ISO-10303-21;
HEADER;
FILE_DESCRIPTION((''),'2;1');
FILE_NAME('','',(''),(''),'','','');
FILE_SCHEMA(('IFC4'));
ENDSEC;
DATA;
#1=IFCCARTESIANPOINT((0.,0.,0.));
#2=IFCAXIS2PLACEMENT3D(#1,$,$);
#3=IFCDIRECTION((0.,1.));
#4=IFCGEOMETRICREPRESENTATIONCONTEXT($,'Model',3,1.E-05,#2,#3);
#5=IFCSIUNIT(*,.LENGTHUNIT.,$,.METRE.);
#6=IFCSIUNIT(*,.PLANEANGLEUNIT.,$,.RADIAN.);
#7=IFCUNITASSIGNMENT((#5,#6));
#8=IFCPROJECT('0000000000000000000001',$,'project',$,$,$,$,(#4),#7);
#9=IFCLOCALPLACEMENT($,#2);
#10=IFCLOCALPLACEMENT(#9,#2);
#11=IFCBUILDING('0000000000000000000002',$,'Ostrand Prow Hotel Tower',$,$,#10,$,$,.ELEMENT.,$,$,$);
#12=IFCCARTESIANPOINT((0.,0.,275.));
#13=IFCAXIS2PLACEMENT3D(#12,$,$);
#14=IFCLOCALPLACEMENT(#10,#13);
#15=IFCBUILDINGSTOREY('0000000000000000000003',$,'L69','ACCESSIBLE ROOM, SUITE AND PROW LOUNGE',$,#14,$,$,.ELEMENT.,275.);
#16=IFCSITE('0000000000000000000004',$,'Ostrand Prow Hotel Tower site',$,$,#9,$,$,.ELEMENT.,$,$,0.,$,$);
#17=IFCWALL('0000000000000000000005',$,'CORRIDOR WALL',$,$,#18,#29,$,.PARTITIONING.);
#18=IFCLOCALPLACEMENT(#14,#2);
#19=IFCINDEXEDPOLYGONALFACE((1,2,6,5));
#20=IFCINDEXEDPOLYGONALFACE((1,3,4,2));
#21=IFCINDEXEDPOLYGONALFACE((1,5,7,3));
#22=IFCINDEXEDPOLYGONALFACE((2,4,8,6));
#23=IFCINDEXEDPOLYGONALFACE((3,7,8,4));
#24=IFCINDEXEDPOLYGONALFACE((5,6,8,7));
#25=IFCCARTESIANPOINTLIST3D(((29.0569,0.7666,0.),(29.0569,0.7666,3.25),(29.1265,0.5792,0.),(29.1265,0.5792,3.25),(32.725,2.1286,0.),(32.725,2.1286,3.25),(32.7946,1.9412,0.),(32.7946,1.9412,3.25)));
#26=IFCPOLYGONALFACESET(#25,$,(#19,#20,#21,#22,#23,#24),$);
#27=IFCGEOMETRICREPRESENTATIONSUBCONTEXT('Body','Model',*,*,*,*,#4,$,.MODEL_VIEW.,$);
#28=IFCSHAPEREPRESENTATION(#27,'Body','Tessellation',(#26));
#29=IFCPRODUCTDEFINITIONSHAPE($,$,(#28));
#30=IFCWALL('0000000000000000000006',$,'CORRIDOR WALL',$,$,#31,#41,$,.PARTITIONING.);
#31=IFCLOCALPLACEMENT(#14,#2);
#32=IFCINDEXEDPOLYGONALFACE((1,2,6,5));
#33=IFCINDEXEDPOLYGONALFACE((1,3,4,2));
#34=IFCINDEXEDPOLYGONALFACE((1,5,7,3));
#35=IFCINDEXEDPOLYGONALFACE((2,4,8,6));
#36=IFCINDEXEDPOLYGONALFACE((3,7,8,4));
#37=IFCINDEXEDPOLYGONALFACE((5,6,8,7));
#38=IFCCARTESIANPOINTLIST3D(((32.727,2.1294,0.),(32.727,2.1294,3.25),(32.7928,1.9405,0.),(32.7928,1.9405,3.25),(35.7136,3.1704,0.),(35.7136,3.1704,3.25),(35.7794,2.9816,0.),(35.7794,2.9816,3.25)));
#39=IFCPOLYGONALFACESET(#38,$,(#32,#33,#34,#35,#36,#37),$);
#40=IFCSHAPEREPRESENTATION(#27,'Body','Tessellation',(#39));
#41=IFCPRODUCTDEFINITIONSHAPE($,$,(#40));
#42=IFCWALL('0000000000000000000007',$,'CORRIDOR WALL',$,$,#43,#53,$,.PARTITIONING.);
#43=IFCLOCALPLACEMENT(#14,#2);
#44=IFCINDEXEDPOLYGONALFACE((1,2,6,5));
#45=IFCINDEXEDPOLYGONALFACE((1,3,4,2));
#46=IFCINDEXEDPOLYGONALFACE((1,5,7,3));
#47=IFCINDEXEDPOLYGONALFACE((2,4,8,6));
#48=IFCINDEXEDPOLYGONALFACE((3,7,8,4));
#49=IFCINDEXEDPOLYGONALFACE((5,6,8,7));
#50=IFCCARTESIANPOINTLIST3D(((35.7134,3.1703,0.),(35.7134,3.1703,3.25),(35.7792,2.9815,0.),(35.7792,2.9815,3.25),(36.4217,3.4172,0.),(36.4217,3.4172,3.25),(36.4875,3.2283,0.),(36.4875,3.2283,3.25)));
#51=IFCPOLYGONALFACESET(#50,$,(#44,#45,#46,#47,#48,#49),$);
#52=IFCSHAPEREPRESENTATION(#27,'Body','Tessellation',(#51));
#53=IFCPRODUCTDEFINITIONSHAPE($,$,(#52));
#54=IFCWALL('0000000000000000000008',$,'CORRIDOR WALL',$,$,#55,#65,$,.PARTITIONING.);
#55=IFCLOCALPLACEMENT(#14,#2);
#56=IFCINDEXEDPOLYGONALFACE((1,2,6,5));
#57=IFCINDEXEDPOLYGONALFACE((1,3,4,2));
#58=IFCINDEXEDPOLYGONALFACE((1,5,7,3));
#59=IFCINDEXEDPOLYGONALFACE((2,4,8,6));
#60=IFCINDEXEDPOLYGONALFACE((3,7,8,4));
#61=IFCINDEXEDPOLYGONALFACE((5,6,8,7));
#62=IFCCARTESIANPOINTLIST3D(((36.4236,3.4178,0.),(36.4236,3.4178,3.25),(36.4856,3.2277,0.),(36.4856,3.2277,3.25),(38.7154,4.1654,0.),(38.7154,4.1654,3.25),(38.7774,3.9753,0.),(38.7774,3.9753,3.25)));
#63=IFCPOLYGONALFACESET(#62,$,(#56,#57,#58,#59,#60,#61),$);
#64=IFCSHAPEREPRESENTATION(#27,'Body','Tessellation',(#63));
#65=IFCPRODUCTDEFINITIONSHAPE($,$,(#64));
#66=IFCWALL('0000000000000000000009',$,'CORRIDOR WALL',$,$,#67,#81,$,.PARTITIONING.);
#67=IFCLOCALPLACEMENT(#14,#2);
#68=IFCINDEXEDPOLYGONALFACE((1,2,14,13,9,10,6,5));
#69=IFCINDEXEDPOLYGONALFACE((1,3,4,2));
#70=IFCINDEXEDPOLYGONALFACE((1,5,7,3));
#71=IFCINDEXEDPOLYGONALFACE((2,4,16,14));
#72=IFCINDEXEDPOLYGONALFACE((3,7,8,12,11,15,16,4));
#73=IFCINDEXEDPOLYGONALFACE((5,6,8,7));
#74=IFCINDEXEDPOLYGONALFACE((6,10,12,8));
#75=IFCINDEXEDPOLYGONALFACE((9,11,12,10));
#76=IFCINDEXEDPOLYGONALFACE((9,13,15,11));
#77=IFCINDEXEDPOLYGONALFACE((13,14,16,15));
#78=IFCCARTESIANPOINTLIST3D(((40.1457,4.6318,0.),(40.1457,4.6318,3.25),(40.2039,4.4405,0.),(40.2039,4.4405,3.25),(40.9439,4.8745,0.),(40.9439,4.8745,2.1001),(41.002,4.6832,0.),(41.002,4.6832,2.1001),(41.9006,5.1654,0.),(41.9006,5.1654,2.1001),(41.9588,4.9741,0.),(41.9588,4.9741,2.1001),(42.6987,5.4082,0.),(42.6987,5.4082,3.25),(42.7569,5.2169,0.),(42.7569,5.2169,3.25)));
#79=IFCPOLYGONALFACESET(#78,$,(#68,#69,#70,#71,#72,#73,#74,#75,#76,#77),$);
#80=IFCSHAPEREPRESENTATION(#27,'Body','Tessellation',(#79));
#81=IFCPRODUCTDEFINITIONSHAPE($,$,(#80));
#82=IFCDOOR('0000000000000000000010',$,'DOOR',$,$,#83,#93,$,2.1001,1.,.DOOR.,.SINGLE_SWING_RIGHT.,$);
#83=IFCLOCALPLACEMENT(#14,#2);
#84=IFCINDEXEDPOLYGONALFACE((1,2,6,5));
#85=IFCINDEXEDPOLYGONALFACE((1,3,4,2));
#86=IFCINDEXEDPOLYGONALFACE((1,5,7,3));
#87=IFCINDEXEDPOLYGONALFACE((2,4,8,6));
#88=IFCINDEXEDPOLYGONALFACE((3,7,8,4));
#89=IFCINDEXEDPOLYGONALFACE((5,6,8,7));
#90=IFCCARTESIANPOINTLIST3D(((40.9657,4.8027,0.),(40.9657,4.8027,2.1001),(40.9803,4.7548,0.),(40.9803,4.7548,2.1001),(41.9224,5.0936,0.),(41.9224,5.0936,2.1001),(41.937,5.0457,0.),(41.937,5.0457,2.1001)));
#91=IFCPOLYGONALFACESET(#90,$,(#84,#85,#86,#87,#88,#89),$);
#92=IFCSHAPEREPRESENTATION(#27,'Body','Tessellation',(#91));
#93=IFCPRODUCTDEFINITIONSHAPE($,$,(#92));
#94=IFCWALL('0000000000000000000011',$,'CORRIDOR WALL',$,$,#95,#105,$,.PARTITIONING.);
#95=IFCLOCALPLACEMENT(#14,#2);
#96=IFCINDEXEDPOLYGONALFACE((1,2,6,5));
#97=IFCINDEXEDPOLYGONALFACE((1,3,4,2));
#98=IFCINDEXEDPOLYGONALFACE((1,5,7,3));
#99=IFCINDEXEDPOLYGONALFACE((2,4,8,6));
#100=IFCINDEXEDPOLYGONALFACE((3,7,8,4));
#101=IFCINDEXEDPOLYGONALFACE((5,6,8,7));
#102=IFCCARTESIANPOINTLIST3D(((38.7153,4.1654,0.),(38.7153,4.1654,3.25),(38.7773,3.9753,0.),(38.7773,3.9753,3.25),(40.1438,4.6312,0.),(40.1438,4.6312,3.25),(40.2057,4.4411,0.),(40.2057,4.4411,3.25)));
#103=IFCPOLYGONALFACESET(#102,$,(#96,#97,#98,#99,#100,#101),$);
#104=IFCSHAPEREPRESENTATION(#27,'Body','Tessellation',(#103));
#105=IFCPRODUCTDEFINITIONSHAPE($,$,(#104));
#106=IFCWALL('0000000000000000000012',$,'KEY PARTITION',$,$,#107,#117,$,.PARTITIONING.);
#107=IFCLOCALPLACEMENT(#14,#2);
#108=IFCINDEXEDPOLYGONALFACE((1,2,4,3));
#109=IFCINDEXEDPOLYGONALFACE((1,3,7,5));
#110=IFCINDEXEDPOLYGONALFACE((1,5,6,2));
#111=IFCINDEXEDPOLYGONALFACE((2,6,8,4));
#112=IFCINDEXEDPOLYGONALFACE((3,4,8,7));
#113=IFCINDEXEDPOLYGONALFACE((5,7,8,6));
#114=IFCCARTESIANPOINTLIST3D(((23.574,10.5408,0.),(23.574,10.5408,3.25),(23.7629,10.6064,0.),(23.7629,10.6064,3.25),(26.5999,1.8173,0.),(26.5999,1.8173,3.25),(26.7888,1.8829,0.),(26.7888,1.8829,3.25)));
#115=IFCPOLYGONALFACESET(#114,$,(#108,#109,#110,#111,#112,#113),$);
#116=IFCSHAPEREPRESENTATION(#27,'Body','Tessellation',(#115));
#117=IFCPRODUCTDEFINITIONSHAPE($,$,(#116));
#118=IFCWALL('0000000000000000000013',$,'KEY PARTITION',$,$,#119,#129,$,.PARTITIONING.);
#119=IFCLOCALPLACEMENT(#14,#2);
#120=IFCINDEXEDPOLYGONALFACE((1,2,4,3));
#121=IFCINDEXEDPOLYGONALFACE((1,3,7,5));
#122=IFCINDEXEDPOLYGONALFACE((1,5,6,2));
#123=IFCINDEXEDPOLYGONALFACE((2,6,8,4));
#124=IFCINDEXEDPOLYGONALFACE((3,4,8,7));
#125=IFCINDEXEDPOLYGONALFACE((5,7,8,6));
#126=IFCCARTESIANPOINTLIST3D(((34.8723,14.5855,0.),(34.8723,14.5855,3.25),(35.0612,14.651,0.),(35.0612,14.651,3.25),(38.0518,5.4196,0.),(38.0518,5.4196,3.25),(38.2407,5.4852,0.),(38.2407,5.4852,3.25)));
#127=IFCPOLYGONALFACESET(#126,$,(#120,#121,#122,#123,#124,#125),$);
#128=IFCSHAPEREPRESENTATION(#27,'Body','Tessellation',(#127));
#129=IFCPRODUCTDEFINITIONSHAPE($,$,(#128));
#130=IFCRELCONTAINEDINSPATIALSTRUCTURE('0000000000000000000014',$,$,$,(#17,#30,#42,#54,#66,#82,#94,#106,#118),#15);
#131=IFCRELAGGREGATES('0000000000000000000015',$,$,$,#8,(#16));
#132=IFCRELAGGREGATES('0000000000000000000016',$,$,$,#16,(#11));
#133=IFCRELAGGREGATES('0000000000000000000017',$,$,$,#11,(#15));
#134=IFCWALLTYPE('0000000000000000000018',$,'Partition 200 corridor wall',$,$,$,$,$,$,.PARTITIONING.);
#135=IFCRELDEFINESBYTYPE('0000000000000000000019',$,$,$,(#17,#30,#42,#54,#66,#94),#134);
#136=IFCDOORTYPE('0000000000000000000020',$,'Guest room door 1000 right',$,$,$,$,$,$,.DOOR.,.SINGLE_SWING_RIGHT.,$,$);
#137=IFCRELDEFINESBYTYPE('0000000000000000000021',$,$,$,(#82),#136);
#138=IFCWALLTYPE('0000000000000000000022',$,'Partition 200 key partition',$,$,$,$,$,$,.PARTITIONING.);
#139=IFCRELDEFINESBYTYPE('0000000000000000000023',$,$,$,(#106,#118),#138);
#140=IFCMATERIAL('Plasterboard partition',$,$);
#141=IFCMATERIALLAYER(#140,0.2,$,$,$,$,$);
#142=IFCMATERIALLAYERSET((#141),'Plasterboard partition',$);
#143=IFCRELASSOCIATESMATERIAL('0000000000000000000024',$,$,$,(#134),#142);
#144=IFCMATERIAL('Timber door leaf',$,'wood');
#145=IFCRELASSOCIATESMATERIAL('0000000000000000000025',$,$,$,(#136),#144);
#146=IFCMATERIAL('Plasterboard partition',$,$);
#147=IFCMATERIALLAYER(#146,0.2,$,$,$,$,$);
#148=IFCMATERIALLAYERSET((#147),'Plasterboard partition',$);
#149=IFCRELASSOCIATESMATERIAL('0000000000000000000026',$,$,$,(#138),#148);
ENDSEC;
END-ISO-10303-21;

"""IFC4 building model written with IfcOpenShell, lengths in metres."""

from ifc_helpers import new_model, si_unit, direction, frame, frame_2d, origin, place, context, subcontext, project, spatial, rectangle, extrude, material, layer, layer_set, type_object, element, fill, save


model = new_model("IFC4")

# Units and contexts
model_context = context("Model", 3, precision=1e-05, world=origin(), true_north=direction((0.0, 1.0)))
body_context = subcontext(model_context, "Body", "Model", "MODEL_VIEW")
ifc_project = project(units=[si_unit("LENGTHUNIT", "METRE"), si_unit("PLANEANGLEUNIT", "RADIAN")], contexts=[model_context])

# Site, building, storey
site_placement = place(None, origin())
site = spatial("IfcSite", under=ifc_project, at=site_placement, Name="Ostrand Prow Hotel Tower site", CompositionType="ELEMENT", RefElevation=0.0)
building_placement = place(site_placement, origin())
building = spatial("IfcBuilding", under=site, at=building_placement, Name="Ostrand Prow Hotel Tower", CompositionType="ELEMENT")
storey_placement = place(building_placement, frame((0.0, 0.0, 275.0)))
storey = spatial("IfcBuildingStorey", under=building, at=storey_placement, Name="L69", Description="ACCESSIBLE ROOM, SUITE AND PROW LOUNGE", CompositionType="ELEMENT", Elevation=275.0)

# Shared definitions
ifc_material_1 = material(Name="Plasterboard partition")
ifc_layer_1 = layer(ifc_material_1, 0.2)
ifc_layer_set_1 = layer_set([ifc_layer_1], Name="Plasterboard partition")
wall_type_1 = type_object("IfcWallType", Name="Partition 200 corridor wall", PredefinedType="PARTITIONING", material=ifc_layer_set_1)

# Walls
wall_1_placement = place(storey_placement, frame((29.0916, 0.6729, 0.0), z_axis=(0.0, 0.0, 1.0), x_axis=(0.93746, 0.348093, 0.0)))
element("IfcWall", 1, at=wall_1_placement, inside=storey, type_object=wall_type_1, Name="CORRIDOR WALL", PredefinedType="PARTITIONING", context=body_context, shape_type="SweptSolid", body=[
    extrude(rectangle(XDim=3.9128, YDim=0.2, at=frame_2d((1.9565, 0.0))), origin(), (0.0, 0.0, 1.0), 3.25),
])
wall_2_placement = place(storey_placement, frame((32.7598, 2.0349, 0.0), z_axis=(0.0, 0.0, 1.0), x_axis=(0.94428, 0.329143, 0.0)))
element("IfcWall", 2, at=wall_2_placement, inside=storey, type_object=wall_type_1, Name="CORRIDOR WALL", PredefinedType="PARTITIONING", context=body_context, shape_type="SweptSolid", body=[
    extrude(rectangle(XDim=3.1628, YDim=0.2, at=frame_2d((1.5815, 0.0))), origin(), (0.0, 0.0, 1.0), 3.25),
])
wall_3_placement = place(storey_placement, frame((35.7463, 3.0759, 0.0), z_axis=(0.0, 0.0, 1.0), x_axis=(0.944299, 0.329089, 0.0)))
element("IfcWall", 3, at=wall_3_placement, inside=storey, type_object=wall_type_1, Name="CORRIDOR WALL", PredefinedType="PARTITIONING", context=body_context, shape_type="SweptSolid", body=[
    extrude(rectangle(XDim=0.75, YDim=0.2, at=frame_2d((0.375, 0.0))), origin(), (0.0, 0.0, 1.0), 3.25),
])
wall_4_placement = place(storey_placement, frame((36.4546, 3.3228, 0.0), z_axis=(0.0, 0.0, 1.0), x_axis=(0.950699, 0.310114, 0.0)))
element("IfcWall", 4, at=wall_4_placement, inside=storey, type_object=wall_type_1, Name="CORRIDOR WALL", PredefinedType="PARTITIONING", context=body_context, shape_type="SweptSolid", body=[
    extrude(rectangle(XDim=2.4106, YDim=0.2, at=frame_2d((1.2053, 0.0))), origin(), (0.0, 0.0, 1.0), 3.25),
])

# Wall, opening, door
wall_5_placement = place(storey_placement, frame((40.1748, 4.5361, 0.0), z_axis=(0.0, 0.0, 1.0), x_axis=(0.956739, 0.290947, 0.0)))
wall_5 = element("IfcWall", 5, at=wall_5_placement, inside=storey, type_object=wall_type_1, Name="CORRIDOR WALL", PredefinedType="PARTITIONING", context=body_context, shape_type="SweptSolid", body=[
    extrude(rectangle(XDim=2.6685, YDim=0.2, at=frame_2d((1.3342, 0.0))), origin(), (0.0, 0.0, 1.0), 3.25),
])
opening_1_placement = place(wall_5_placement, frame((0.8342, 0.0, 0.0)))
opening_1 = element("IfcOpeningElement", 6, at=opening_1_placement, cuts=wall_5, PredefinedType="OPENING", context=body_context, shape_type="SweptSolid", body=[
    extrude(rectangle(XDim=1.0, YDim=2.1001, at=frame_2d((0.5, 1.05))), frame((0.0, 0.1099, 0.0), z_axis=(0.0, -1.0, 0.0), x_axis=(1.0, 0.0, 0.0)), (0.0, 0.0, 1.0), 0.22),
])
ifc_material_2 = material(Name="Timber door leaf", Category="wood")
door_type_1 = type_object("IfcDoorType", Name="Guest room door 1000 right", OperationType="SINGLE_SWING_RIGHT", PredefinedType="DOOR", material=ifc_material_2)
door_1_placement = place(opening_1_placement, origin())
door_1 = element("IfcDoor", 7, at=door_1_placement, inside=storey, type_object=door_type_1, Name="DOOR", OperationType="SINGLE_SWING_RIGHT", OverallHeight=2.1001, OverallWidth=1.0, PredefinedType="DOOR", context=body_context, shape_type="SweptSolid", body=[
    extrude(rectangle(XDim=1.0, YDim=2.1001, at=frame_2d((0.5, 1.05))), frame((0.0, 0.0249, 0.0), z_axis=(0.0, -1.0, 0.0), x_axis=(1.0, 0.0, 0.0)), (0.0, 0.0, 1.0), 0.05),
])
fill(opening_1, door_1)

# Walls
wall_6_placement = place(storey_placement, frame((38.7463, 4.0703, 0.0), z_axis=(0.0, 0.0, 1.0), x_axis=(0.950727, 0.31003, 0.0)))
element("IfcWall", 8, at=wall_6_placement, inside=storey, type_object=wall_type_1, Name="CORRIDOR WALL", PredefinedType="PARTITIONING", context=body_context, shape_type="SweptSolid", body=[
    extrude(rectangle(XDim=1.5024, YDim=0.2, at=frame_2d((0.7512, 0.0))), origin(), (0.0, 0.0, 1.0), 3.25),
])
ifc_material_3 = material(Name="Plasterboard partition")
ifc_layer_2 = layer(ifc_material_3, 0.2)
ifc_layer_set_2 = layer_set([ifc_layer_2], Name="Plasterboard partition")
wall_type_2 = type_object("IfcWallType", Name="Partition 200 key partition", PredefinedType="PARTITIONING", material=ifc_layer_set_2)
wall_7_placement = place(storey_placement, frame((26.6943, 1.8501, 0.0), z_axis=(0.0, 0.0, 1.0), x_axis=(-0.327714, 0.944777, 0.0)))
element("IfcWall", 9, at=wall_7_placement, inside=storey, type_object=wall_type_2, Name="KEY PARTITION", PredefinedType="PARTITIONING", context=body_context, shape_type="SweptSolid", body=[
    extrude(rectangle(XDim=9.2334, YDim=0.2, at=frame_2d((4.6167, 0.0))), origin(), (0.0, 0.0, 1.0), 3.25),
])
wall_8_placement = place(storey_placement, frame((38.1462, 5.4524, 0.0), z_axis=(0.0, 0.0, 1.0), x_axis=(-0.327725, 0.944773, 0.0)))
element("IfcWall", 10, at=wall_8_placement, inside=storey, type_object=wall_type_2, Name="KEY PARTITION", PredefinedType="PARTITIONING", context=body_context, shape_type="SweptSolid", body=[
    extrude(rectangle(XDim=9.7017, YDim=0.2, at=frame_2d((4.8508, 0.0))), origin(), (0.0, 0.0, 1.0), 3.25),
])

save(model, "model.ifc")
